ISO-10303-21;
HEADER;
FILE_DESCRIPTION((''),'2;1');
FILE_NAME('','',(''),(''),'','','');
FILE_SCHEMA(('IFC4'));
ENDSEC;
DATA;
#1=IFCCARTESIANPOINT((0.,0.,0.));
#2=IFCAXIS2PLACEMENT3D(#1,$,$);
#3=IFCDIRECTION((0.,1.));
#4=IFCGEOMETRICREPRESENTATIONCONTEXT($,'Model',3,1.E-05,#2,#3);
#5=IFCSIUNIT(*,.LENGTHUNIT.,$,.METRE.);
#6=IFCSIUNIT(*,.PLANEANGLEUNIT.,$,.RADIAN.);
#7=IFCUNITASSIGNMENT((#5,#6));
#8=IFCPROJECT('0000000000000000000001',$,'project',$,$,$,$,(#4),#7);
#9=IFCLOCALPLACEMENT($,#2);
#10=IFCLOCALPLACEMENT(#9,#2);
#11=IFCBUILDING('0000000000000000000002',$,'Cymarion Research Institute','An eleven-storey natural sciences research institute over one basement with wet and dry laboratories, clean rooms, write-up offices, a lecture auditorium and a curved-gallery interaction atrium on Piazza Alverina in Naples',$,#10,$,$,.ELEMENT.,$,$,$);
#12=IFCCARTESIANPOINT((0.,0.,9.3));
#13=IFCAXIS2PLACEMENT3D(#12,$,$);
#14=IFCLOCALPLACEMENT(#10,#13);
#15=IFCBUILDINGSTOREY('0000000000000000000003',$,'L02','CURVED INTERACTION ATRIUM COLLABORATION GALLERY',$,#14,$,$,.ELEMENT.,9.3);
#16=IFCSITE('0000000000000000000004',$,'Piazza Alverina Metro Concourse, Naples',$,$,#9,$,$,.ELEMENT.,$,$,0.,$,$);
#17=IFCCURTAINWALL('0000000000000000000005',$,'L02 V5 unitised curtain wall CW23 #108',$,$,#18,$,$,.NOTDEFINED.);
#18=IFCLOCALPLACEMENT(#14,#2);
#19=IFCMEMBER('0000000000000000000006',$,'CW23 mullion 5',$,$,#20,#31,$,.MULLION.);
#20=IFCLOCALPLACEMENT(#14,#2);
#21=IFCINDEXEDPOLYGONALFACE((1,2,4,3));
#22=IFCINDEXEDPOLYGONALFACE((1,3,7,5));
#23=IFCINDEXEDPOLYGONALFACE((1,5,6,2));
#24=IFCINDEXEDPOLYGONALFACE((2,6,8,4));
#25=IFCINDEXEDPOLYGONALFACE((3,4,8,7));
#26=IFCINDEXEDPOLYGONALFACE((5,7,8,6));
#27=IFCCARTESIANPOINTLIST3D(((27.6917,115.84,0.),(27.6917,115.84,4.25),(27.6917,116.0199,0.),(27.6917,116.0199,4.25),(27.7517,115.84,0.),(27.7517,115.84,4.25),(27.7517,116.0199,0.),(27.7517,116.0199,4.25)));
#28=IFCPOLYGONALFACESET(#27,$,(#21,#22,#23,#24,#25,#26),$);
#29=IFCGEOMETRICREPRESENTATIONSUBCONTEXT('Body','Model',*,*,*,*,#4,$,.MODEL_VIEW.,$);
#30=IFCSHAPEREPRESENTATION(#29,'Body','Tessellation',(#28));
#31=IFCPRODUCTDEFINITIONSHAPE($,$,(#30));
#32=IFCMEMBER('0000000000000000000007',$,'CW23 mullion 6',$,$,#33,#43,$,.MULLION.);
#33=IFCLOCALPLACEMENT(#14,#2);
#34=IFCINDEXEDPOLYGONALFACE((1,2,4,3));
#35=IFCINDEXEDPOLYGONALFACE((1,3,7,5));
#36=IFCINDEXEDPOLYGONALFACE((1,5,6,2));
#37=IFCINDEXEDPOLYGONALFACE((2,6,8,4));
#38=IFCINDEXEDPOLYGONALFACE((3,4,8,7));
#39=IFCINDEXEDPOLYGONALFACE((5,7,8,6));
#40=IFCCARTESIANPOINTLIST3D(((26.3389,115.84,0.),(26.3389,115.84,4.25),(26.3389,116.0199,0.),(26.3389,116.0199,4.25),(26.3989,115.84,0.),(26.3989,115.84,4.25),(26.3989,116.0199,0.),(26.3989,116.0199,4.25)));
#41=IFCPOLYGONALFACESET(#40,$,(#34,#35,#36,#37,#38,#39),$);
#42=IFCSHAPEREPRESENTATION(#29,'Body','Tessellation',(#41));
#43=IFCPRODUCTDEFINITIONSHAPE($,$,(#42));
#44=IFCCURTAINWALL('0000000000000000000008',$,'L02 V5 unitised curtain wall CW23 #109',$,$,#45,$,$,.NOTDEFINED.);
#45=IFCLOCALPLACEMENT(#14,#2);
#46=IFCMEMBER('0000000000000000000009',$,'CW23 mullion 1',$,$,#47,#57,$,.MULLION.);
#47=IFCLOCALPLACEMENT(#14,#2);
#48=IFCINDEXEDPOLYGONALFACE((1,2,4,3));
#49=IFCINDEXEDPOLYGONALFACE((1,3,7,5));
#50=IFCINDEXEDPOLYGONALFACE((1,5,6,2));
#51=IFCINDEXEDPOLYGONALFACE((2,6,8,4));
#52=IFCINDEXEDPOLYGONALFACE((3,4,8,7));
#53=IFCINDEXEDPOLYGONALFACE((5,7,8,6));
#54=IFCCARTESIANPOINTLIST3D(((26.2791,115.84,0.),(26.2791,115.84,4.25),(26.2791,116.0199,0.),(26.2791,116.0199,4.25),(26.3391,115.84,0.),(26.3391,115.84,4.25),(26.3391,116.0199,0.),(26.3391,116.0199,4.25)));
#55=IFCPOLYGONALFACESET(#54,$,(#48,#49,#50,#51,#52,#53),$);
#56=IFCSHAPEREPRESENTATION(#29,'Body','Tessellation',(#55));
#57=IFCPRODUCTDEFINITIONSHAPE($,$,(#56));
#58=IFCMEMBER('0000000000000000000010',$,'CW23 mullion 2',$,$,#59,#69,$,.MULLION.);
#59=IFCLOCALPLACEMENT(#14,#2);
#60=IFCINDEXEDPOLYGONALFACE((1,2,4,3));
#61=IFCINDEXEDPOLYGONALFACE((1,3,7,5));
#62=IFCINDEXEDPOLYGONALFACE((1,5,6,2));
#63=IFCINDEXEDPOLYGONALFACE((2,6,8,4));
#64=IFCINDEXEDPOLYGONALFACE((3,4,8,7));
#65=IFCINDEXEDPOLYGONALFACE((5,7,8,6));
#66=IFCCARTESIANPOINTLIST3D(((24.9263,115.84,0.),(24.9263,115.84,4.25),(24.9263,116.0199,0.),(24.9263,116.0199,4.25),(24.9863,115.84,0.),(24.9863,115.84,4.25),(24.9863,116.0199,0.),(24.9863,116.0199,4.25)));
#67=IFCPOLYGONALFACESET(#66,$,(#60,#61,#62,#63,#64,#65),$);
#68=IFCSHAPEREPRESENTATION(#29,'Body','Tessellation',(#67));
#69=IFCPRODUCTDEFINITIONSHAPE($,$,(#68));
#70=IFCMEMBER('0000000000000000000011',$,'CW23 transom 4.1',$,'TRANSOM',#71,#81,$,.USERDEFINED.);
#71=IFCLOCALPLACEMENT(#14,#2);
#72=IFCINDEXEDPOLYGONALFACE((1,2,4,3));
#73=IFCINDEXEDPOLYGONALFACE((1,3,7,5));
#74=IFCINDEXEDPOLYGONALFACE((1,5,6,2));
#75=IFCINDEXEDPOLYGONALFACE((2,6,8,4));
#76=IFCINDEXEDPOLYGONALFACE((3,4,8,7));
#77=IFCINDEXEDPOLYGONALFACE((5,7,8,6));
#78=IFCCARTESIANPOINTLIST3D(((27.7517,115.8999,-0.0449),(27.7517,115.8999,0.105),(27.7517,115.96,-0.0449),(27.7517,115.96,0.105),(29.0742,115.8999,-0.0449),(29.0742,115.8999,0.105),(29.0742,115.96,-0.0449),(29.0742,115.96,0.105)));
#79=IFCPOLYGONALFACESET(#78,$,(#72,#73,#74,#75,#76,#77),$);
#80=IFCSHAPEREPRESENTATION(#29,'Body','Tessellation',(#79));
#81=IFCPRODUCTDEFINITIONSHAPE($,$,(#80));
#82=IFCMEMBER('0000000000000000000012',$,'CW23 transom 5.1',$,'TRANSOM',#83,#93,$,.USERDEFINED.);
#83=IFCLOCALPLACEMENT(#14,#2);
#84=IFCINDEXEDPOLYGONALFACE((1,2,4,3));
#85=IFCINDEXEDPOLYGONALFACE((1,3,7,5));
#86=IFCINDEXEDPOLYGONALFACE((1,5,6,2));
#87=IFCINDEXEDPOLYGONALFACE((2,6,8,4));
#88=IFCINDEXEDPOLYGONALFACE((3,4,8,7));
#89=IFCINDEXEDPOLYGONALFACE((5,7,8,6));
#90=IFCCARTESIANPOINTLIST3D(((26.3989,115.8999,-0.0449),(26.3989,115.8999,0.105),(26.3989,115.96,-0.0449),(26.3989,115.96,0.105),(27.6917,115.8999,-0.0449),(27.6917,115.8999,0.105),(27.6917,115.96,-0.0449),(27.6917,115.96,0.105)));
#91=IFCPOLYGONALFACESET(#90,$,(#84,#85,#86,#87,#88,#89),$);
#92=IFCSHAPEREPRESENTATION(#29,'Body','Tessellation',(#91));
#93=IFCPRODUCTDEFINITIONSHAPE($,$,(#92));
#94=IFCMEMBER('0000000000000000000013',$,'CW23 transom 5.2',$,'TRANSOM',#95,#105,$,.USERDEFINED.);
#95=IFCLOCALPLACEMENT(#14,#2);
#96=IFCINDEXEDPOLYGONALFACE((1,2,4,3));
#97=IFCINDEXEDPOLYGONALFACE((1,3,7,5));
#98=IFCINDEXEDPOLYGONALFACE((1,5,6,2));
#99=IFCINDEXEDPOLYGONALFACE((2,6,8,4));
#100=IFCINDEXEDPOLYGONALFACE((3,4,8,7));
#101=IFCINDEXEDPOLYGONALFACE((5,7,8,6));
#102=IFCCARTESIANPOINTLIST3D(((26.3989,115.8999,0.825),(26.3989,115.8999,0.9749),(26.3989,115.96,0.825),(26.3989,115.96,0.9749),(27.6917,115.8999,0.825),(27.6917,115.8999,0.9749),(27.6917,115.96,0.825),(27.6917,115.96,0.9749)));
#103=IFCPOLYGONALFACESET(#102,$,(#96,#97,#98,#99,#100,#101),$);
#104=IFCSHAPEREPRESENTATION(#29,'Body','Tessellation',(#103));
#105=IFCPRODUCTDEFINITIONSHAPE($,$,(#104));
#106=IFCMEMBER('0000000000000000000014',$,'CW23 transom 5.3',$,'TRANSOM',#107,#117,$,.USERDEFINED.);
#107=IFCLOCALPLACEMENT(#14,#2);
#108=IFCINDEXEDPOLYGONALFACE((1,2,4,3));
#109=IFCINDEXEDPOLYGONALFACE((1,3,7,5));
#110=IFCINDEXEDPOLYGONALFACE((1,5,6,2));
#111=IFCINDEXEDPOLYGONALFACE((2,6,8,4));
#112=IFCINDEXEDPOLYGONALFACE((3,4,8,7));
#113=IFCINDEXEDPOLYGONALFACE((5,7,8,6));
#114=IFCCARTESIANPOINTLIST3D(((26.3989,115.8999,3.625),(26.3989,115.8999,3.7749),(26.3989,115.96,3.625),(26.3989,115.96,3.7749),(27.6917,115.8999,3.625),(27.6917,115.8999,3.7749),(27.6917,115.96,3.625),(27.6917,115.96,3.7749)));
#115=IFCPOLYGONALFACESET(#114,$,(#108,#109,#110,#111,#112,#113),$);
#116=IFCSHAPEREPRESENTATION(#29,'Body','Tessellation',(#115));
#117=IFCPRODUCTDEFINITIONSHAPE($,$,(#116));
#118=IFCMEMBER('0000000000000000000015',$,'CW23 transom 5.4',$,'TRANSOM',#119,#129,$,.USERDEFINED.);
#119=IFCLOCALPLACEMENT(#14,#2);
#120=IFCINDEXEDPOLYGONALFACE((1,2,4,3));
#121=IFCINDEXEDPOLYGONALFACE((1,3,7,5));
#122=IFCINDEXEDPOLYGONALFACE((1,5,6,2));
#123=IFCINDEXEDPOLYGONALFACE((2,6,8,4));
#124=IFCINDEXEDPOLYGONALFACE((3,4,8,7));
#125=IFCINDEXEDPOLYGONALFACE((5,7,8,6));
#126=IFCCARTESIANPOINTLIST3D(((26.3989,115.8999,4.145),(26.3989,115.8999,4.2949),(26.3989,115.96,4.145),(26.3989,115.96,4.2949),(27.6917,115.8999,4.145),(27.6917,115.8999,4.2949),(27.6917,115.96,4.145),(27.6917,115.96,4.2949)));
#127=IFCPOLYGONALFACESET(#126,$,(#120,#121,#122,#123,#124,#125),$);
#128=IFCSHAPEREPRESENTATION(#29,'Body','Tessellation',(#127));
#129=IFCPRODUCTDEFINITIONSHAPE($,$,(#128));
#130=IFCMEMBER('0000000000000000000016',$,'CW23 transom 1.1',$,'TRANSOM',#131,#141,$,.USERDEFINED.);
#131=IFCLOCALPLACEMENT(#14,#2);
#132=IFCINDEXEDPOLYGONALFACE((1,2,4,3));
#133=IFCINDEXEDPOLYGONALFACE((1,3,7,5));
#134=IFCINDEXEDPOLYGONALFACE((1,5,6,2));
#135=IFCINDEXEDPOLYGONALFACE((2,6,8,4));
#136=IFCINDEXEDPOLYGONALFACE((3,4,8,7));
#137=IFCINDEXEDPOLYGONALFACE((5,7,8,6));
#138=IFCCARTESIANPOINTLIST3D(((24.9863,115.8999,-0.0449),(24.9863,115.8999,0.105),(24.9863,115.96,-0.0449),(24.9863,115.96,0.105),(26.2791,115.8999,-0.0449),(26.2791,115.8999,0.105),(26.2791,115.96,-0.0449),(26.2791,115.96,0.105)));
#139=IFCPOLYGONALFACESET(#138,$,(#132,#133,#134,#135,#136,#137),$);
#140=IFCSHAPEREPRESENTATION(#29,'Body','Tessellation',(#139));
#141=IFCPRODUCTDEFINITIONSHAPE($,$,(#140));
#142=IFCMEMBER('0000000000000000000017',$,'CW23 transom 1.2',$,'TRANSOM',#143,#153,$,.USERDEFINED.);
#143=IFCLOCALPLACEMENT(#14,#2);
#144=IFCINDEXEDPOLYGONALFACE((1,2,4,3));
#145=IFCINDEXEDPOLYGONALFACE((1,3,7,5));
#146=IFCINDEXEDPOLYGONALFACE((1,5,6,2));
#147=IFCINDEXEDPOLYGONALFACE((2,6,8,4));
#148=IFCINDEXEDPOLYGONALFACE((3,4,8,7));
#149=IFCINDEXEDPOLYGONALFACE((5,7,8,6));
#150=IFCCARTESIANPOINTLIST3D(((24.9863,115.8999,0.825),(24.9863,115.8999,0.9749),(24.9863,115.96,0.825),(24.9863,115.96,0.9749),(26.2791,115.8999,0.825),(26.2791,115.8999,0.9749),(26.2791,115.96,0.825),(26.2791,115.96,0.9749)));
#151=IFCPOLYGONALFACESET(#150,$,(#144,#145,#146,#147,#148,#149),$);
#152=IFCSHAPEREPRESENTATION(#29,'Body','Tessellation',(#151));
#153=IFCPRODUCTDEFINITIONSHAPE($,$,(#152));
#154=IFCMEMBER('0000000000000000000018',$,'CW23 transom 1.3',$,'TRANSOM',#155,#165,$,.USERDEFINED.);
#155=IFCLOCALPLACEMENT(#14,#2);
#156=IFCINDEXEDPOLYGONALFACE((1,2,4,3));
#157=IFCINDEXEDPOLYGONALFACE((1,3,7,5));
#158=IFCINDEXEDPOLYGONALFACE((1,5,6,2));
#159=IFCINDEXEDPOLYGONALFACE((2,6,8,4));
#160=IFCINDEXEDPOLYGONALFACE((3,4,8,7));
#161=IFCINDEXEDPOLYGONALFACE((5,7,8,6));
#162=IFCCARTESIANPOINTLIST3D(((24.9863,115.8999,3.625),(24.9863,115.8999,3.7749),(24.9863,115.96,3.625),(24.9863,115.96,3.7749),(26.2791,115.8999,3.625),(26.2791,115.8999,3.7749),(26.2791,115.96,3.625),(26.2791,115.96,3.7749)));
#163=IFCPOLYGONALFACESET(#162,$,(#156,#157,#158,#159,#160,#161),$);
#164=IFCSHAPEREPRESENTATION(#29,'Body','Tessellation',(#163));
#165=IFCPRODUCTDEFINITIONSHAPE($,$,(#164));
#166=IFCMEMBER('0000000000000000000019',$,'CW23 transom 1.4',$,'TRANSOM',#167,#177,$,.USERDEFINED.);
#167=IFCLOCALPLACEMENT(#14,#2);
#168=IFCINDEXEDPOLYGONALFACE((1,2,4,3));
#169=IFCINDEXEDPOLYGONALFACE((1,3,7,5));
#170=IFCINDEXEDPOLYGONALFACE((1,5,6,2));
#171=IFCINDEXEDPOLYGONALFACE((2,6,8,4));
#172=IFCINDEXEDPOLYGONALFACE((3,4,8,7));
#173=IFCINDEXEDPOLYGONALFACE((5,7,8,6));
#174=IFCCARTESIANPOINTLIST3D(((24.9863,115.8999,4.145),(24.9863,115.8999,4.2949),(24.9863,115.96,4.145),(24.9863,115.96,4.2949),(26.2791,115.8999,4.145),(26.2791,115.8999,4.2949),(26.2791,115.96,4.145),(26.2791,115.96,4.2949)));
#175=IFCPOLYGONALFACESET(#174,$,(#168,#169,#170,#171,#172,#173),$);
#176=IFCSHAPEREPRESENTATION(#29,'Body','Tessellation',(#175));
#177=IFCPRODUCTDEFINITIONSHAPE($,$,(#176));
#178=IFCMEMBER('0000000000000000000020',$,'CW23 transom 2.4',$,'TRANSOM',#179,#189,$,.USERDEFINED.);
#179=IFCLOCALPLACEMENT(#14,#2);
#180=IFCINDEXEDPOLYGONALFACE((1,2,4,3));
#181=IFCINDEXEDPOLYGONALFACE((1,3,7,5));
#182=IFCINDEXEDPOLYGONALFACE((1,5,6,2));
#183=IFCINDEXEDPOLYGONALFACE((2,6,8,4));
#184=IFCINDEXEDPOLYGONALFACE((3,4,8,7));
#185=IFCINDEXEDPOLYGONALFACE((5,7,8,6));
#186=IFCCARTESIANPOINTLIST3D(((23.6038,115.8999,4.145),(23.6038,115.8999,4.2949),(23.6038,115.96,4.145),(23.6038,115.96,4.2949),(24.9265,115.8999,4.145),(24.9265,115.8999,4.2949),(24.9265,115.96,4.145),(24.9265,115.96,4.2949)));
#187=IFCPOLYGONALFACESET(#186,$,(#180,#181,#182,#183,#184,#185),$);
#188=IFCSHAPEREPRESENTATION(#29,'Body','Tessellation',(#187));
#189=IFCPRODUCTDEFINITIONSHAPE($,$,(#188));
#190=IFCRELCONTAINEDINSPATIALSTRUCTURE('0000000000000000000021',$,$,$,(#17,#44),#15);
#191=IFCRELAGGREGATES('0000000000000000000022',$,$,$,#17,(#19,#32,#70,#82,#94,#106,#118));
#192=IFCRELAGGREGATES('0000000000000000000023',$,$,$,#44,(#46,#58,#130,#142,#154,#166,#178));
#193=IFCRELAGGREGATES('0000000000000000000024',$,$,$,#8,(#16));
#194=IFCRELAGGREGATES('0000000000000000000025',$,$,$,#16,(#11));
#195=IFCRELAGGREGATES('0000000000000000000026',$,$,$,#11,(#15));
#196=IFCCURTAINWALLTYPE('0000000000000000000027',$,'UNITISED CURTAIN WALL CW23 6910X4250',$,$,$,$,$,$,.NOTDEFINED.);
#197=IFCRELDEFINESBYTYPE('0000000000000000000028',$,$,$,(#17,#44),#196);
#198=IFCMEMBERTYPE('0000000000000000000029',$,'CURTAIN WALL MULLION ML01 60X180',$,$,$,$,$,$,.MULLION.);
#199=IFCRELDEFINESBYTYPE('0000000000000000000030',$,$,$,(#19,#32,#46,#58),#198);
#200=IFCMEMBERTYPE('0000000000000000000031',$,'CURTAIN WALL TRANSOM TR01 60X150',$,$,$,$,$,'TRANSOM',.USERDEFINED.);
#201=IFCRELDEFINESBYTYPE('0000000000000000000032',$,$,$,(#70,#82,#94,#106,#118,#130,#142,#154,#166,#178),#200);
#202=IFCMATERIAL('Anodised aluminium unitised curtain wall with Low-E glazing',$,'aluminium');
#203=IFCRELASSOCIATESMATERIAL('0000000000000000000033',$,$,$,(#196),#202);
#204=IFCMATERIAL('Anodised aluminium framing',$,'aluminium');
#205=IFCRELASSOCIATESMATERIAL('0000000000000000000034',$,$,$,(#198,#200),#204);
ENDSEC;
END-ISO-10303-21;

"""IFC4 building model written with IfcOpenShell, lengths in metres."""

from ifc_helpers import new_model, si_unit, direction, frame, origin, origin_2d, place, context, subcontext, project, spatial, rectangle, extrude, material, material_profile, profile_set, type_object, element, aggregate, save


model = new_model("IFC4")

# Units and contexts
model_context = context("Model", 3, precision=1e-05, world=origin(), true_north=direction((0.0, 1.0)))
body_context = subcontext(model_context, "Body", "Model", "MODEL_VIEW")
ifc_project = project(units=[si_unit("LENGTHUNIT", "METRE"), si_unit("PLANEANGLEUNIT", "RADIAN")], contexts=[model_context])

# Site, building, storey
site_placement = place(None, origin())
site = spatial("IfcSite", under=ifc_project, at=site_placement, Name="Piazza Alverina Metro Concourse, Naples", CompositionType="ELEMENT", RefElevation=0.0)
building_placement = place(site_placement, origin())
building = spatial("IfcBuilding", under=site, at=building_placement, Name="Cymarion Research Institute", Description="An eleven-storey natural sciences research institute over one basement with wet and dry laboratories, clean rooms, write-up offices, a lecture auditorium and a curved-gallery interaction atrium on Piazza Alverina in Naples", CompositionType="ELEMENT")
storey_placement = place(building_placement, frame((0.0, 0.0, 9.3)))
storey = spatial("IfcBuildingStorey", under=building, at=storey_placement, Name="L02", Description="CURVED INTERACTION ATRIUM COLLABORATION GALLERY", CompositionType="ELEMENT", Elevation=9.3)

# Curtain walls, members
ifc_material_1 = material(Name="Anodised aluminium unitised curtain wall with Low-E glazing", Category="aluminium")
curtain_wall_type = type_object("IfcCurtainWallType", Name="UNITISED CURTAIN WALL CW23 6910X4250", PredefinedType="NOTDEFINED", material=ifc_material_1)
curtain_wall_1_placement = place(storey_placement, origin())
curtain_wall_1 = element("IfcCurtainWall", 1, at=curtain_wall_1_placement, inside=storey, type_object=curtain_wall_type, Name="L02 V5 unitised curtain wall CW23 #108", PredefinedType="NOTDEFINED")
ifc_material_2 = material(Name="Anodised aluminium framing", Category="aluminium")
ifc_material_profile_1 = material_profile(ifc_material_2, rectangle(XDim=0.0601, YDim=0.1799, at=origin_2d()), Name="ALU MULLION 60x180")
ifc_profile_set_1 = profile_set([ifc_material_profile_1], Name="Anodised aluminium framing")
member_type_1 = type_object("IfcMemberType", Name="CURTAIN WALL MULLION ML01 60X180", PredefinedType="MULLION", material=ifc_profile_set_1)
member_1_placement = place(storey_placement, frame((27.7217, 115.9299, 0.0), z_axis=(0.0, 0.0, 1.0), x_axis=(-1.0, 0.0, 0.0)))
member_1 = element("IfcMember", 2, at=member_1_placement, type_object=member_type_1, Name="CW23 mullion 5", PredefinedType="MULLION", context=body_context, shape_type="SweptSolid", body=[
    extrude(rectangle(XDim=0.0601, YDim=0.1799, at=origin_2d()), origin(), (0.0, 0.0, 1.0), 4.25),
])
member_2_placement = place(storey_placement, frame((26.3689, 115.9299, 0.0), z_axis=(0.0, 0.0, 1.0), x_axis=(-1.0, 0.0, 0.0)))
member_2 = element("IfcMember", 3, at=member_2_placement, type_object=member_type_1, Name="CW23 mullion 6", PredefinedType="MULLION", context=body_context, shape_type="SweptSolid", body=[
    extrude(rectangle(XDim=0.0601, YDim=0.1799, at=origin_2d()), origin(), (0.0, 0.0, 1.0), 4.25),
])
curtain_wall_2_placement = place(storey_placement, origin())
curtain_wall_2 = element("IfcCurtainWall", 4, at=curtain_wall_2_placement, inside=storey, type_object=curtain_wall_type, Name="L02 V5 unitised curtain wall CW23 #109", PredefinedType="NOTDEFINED")
member_3_placement = place(storey_placement, frame((26.3091, 115.9299, 0.0), z_axis=(0.0, 0.0, 1.0), x_axis=(-1.0, 0.0, 0.0)))
member_3 = element("IfcMember", 5, at=member_3_placement, type_object=member_type_1, Name="CW23 mullion 1", PredefinedType="MULLION", context=body_context, shape_type="SweptSolid", body=[
    extrude(rectangle(XDim=0.0601, YDim=0.1799, at=origin_2d()), origin(), (0.0, 0.0, 1.0), 4.25),
])
member_4_placement = place(storey_placement, frame((24.9563, 115.9299, 0.0), z_axis=(0.0, 0.0, 1.0), x_axis=(-1.0, 0.0, 0.0)))
member_4 = element("IfcMember", 6, at=member_4_placement, type_object=member_type_1, Name="CW23 mullion 2", PredefinedType="MULLION", context=body_context, shape_type="SweptSolid", body=[
    extrude(rectangle(XDim=0.0601, YDim=0.1799, at=origin_2d()), origin(), (0.0, 0.0, 1.0), 4.25),
])

# Members
ifc_material_profile_2 = material_profile(ifc_material_2, rectangle(XDim=0.0601, YDim=0.1499, at=origin_2d()), Name="ALU TRANSOM 60x150")
ifc_profile_set_2 = profile_set([ifc_material_profile_2], Name="Anodised aluminium framing")
member_type_2 = type_object("IfcMemberType", Name="CURTAIN WALL TRANSOM TR01 60X150", ElementType="TRANSOM", PredefinedType="USERDEFINED", material=ifc_profile_set_2)
member_5_placement = place(storey_placement, frame((29.0742, 115.9299, 0.03), z_axis=(-1.0, 0.0, 0.0), x_axis=(0.0, -1.0, 0.0)))
member_5 = element("IfcMember", 7, at=member_5_placement, type_object=member_type_2, Name="CW23 transom 4.1", ObjectType="TRANSOM", PredefinedType="USERDEFINED", context=body_context, shape_type="SweptSolid", body=[
    extrude(rectangle(XDim=0.0601, YDim=0.1499, at=origin_2d()), origin(), (0.0, 0.0, 1.0), 1.3225),
])
member_6_placement = place(storey_placement, frame((27.6917, 115.9299, 0.03), z_axis=(-1.0, 0.0, 0.0), x_axis=(0.0, -1.0, 0.0)))
member_6 = element("IfcMember", 8, at=member_6_placement, type_object=member_type_2, Name="CW23 transom 5.1", ObjectType="TRANSOM", PredefinedType="USERDEFINED", context=body_context, shape_type="SweptSolid", body=[
    extrude(rectangle(XDim=0.0601, YDim=0.1499, at=origin_2d()), origin(), (0.0, 0.0, 1.0), 1.2927),
])
member_7_placement = place(storey_placement, frame((27.6917, 115.9299, 0.8999), z_axis=(-1.0, 0.0, 0.0), x_axis=(0.0, -1.0, 0.0)))
member_7 = element("IfcMember", 9, at=member_7_placement, type_object=member_type_2, Name="CW23 transom 5.2", ObjectType="TRANSOM", PredefinedType="USERDEFINED", context=body_context, shape_type="SweptSolid", body=[
    extrude(rectangle(XDim=0.0601, YDim=0.1499, at=origin_2d()), origin(), (0.0, 0.0, 1.0), 1.2927),
])
member_8_placement = place(storey_placement, frame((27.6917, 115.9299, 3.7), z_axis=(-1.0, 0.0, 0.0), x_axis=(0.0, -1.0, 0.0)))
member_8 = element("IfcMember", 10, at=member_8_placement, type_object=member_type_2, Name="CW23 transom 5.3", ObjectType="TRANSOM", PredefinedType="USERDEFINED", context=body_context, shape_type="SweptSolid", body=[
    extrude(rectangle(XDim=0.0601, YDim=0.1499, at=origin_2d()), origin(), (0.0, 0.0, 1.0), 1.2927),
])
member_9_placement = place(storey_placement, frame((27.6917, 115.9299, 4.22), z_axis=(-1.0, 0.0, 0.0), x_axis=(0.0, -1.0, 0.0)))
member_9 = element("IfcMember", 11, at=member_9_placement, type_object=member_type_2, Name="CW23 transom 5.4", ObjectType="TRANSOM", PredefinedType="USERDEFINED", context=body_context, shape_type="SweptSolid", body=[
    extrude(rectangle(XDim=0.0601, YDim=0.1499, at=origin_2d()), origin(), (0.0, 0.0, 1.0), 1.2927),
])
member_10_placement = place(storey_placement, frame((26.2791, 115.9299, 0.03), z_axis=(-1.0, 0.0, 0.0), x_axis=(0.0, -1.0, 0.0)))
member_10 = element("IfcMember", 12, at=member_10_placement, type_object=member_type_2, Name="CW23 transom 1.1", ObjectType="TRANSOM", PredefinedType="USERDEFINED", context=body_context, shape_type="SweptSolid", body=[
    extrude(rectangle(XDim=0.0601, YDim=0.1499, at=origin_2d()), origin(), (0.0, 0.0, 1.0), 1.2927),
])
member_11_placement = place(storey_placement, frame((26.2791, 115.9299, 0.8999), z_axis=(-1.0, 0.0, 0.0), x_axis=(0.0, -1.0, 0.0)))
member_11 = element("IfcMember", 13, at=member_11_placement, type_object=member_type_2, Name="CW23 transom 1.2", ObjectType="TRANSOM", PredefinedType="USERDEFINED", context=body_context, shape_type="SweptSolid", body=[
    extrude(rectangle(XDim=0.0601, YDim=0.1499, at=origin_2d()), origin(), (0.0, 0.0, 1.0), 1.2927),
])
member_12_placement = place(storey_placement, frame((26.2791, 115.9299, 3.7), z_axis=(-1.0, 0.0, 0.0), x_axis=(0.0, -1.0, 0.0)))
member_12 = element("IfcMember", 14, at=member_12_placement, type_object=member_type_2, Name="CW23 transom 1.3", ObjectType="TRANSOM", PredefinedType="USERDEFINED", context=body_context, shape_type="SweptSolid", body=[
    extrude(rectangle(XDim=0.0601, YDim=0.1499, at=origin_2d()), origin(), (0.0, 0.0, 1.0), 1.2927),
])
member_13_placement = place(storey_placement, frame((26.2791, 115.9299, 4.22), z_axis=(-1.0, 0.0, 0.0), x_axis=(0.0, -1.0, 0.0)))
member_13 = element("IfcMember", 15, at=member_13_placement, type_object=member_type_2, Name="CW23 transom 1.4", ObjectType="TRANSOM", PredefinedType="USERDEFINED", context=body_context, shape_type="SweptSolid", body=[
    extrude(rectangle(XDim=0.0601, YDim=0.1499, at=origin_2d()), origin(), (0.0, 0.0, 1.0), 1.2927),
])
member_14_placement = place(storey_placement, frame((24.9265, 115.9299, 4.22), z_axis=(-1.0, 0.0, 0.0), x_axis=(0.0, -1.0, 0.0)))
member_14 = element("IfcMember", 16, at=member_14_placement, type_object=member_type_2, Name="CW23 transom 2.4", ObjectType="TRANSOM", PredefinedType="USERDEFINED", context=body_context, shape_type="SweptSolid", body=[
    extrude(rectangle(XDim=0.0601, YDim=0.1499, at=origin_2d()), origin(), (0.0, 0.0, 1.0), 1.3228),
])

aggregate(curtain_wall_1, [member_1, member_2, member_5, member_6, member_7, member_8, member_9])
aggregate(curtain_wall_2, [member_3, member_4, member_10, member_11, member_12, member_13, member_14])

save(model, "model.ifc")
